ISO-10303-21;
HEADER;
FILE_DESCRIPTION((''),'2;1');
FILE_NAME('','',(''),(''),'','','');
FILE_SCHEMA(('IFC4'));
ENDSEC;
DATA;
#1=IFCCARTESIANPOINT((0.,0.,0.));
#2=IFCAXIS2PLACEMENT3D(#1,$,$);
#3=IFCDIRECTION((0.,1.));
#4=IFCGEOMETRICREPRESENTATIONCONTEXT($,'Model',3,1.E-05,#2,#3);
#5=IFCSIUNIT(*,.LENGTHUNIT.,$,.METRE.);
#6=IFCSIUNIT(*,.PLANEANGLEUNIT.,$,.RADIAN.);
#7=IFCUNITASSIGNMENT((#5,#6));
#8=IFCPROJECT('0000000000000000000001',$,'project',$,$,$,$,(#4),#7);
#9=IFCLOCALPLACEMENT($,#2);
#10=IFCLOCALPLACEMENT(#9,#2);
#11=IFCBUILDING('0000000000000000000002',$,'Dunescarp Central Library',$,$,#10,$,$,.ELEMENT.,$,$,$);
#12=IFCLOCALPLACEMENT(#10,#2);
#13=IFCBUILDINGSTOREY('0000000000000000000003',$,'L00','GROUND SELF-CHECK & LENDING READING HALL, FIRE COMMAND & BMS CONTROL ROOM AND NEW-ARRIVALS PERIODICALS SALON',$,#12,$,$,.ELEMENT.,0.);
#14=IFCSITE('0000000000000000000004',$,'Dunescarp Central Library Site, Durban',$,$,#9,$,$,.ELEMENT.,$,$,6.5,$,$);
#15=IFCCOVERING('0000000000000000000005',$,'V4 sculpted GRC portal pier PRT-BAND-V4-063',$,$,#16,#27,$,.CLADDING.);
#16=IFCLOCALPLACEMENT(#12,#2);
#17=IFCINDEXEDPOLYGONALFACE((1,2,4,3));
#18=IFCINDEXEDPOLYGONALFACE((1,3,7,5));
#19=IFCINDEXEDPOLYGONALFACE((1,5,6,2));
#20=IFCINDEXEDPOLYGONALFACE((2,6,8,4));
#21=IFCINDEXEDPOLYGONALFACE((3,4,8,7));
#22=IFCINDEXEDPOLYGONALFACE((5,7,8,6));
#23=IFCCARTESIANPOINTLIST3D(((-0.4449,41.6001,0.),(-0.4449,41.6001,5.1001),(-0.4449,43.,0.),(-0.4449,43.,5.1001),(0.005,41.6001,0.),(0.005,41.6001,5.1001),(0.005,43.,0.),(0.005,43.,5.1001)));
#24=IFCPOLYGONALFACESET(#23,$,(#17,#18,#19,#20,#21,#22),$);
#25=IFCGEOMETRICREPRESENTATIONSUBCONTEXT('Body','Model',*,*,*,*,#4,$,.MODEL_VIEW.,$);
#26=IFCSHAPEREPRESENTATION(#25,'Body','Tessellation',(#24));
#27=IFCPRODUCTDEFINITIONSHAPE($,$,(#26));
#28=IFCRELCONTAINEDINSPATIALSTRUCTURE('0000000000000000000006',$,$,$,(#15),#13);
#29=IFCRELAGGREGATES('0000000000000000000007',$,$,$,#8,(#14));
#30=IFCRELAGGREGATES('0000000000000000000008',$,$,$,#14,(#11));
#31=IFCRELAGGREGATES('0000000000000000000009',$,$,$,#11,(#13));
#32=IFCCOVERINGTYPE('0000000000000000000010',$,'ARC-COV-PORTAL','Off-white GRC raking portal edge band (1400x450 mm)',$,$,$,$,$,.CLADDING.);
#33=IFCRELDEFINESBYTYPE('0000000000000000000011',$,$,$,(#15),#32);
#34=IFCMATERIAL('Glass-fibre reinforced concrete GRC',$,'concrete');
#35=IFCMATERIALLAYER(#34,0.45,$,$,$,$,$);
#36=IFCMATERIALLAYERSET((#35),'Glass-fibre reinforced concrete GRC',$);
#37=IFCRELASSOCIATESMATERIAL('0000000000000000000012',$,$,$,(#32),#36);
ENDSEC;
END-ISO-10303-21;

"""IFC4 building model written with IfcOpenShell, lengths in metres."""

from ifc_helpers import new_model, si_unit, direction, frame, origin, origin_2d, place, context, subcontext, project, spatial, rectangle, extrude, material, layer, layer_set, type_object, element, save


model = new_model("IFC4")

# Units and contexts
model_context = context("Model", 3, precision=1e-05, world=origin(), true_north=direction((0.0, 1.0)))
body_context = subcontext(model_context, "Body", "Model", "MODEL_VIEW")
ifc_project = project(units=[si_unit("LENGTHUNIT", "METRE"), si_unit("PLANEANGLEUNIT", "RADIAN")], contexts=[model_context])

# Site, building, storey
site_placement = place(None, origin())
site = spatial("IfcSite", under=ifc_project, at=site_placement, Name="Dunescarp Central Library Site, Durban", CompositionType="ELEMENT", RefElevation=6.5)
building_placement = place(site_placement, origin())
building = spatial("IfcBuilding", under=site, at=building_placement, Name="Dunescarp Central Library", CompositionType="ELEMENT")
storey_placement = place(building_placement, origin())
storey = spatial("IfcBuildingStorey", under=building, at=storey_placement, Name="L00", Description="GROUND SELF-CHECK & LENDING READING HALL, FIRE COMMAND & BMS CONTROL ROOM AND NEW-ARRIVALS PERIODICALS SALON", CompositionType="ELEMENT", Elevation=0.0)

# Shared definitions
ifc_material_1 = material(Name="Glass-fibre reinforced concrete GRC", Category="concrete")

# Covering
ifc_layer_1 = layer(ifc_material_1, 0.45)
ifc_layer_set_1 = layer_set([ifc_layer_1], Name="Glass-fibre reinforced concrete GRC")
covering_type = type_object("IfcCoveringType", Name="ARC-COV-PORTAL", Description="Off-white GRC raking portal edge band (1400x450 mm)", PredefinedType="CLADDING", material=ifc_layer_set_1)
covering_placement = place(storey_placement, frame((-0.22, 42.3, 0.0), z_axis=(0.0, 0.0, 1.0), x_axis=(1.0, 0.0, 0.0)))
element("IfcCovering", 1, at=covering_placement, inside=storey, type_object=covering_type, Name="V4 sculpted GRC portal pier PRT-BAND-V4-063", PredefinedType="CLADDING", context=body_context, shape_type="SweptSolid", body=[
    extrude(rectangle(XDim=0.45, YDim=1.3999, at=origin_2d()), origin(), (0.0, 0.0, 1.0), 5.1001),
])

save(model, "model.ifc")
